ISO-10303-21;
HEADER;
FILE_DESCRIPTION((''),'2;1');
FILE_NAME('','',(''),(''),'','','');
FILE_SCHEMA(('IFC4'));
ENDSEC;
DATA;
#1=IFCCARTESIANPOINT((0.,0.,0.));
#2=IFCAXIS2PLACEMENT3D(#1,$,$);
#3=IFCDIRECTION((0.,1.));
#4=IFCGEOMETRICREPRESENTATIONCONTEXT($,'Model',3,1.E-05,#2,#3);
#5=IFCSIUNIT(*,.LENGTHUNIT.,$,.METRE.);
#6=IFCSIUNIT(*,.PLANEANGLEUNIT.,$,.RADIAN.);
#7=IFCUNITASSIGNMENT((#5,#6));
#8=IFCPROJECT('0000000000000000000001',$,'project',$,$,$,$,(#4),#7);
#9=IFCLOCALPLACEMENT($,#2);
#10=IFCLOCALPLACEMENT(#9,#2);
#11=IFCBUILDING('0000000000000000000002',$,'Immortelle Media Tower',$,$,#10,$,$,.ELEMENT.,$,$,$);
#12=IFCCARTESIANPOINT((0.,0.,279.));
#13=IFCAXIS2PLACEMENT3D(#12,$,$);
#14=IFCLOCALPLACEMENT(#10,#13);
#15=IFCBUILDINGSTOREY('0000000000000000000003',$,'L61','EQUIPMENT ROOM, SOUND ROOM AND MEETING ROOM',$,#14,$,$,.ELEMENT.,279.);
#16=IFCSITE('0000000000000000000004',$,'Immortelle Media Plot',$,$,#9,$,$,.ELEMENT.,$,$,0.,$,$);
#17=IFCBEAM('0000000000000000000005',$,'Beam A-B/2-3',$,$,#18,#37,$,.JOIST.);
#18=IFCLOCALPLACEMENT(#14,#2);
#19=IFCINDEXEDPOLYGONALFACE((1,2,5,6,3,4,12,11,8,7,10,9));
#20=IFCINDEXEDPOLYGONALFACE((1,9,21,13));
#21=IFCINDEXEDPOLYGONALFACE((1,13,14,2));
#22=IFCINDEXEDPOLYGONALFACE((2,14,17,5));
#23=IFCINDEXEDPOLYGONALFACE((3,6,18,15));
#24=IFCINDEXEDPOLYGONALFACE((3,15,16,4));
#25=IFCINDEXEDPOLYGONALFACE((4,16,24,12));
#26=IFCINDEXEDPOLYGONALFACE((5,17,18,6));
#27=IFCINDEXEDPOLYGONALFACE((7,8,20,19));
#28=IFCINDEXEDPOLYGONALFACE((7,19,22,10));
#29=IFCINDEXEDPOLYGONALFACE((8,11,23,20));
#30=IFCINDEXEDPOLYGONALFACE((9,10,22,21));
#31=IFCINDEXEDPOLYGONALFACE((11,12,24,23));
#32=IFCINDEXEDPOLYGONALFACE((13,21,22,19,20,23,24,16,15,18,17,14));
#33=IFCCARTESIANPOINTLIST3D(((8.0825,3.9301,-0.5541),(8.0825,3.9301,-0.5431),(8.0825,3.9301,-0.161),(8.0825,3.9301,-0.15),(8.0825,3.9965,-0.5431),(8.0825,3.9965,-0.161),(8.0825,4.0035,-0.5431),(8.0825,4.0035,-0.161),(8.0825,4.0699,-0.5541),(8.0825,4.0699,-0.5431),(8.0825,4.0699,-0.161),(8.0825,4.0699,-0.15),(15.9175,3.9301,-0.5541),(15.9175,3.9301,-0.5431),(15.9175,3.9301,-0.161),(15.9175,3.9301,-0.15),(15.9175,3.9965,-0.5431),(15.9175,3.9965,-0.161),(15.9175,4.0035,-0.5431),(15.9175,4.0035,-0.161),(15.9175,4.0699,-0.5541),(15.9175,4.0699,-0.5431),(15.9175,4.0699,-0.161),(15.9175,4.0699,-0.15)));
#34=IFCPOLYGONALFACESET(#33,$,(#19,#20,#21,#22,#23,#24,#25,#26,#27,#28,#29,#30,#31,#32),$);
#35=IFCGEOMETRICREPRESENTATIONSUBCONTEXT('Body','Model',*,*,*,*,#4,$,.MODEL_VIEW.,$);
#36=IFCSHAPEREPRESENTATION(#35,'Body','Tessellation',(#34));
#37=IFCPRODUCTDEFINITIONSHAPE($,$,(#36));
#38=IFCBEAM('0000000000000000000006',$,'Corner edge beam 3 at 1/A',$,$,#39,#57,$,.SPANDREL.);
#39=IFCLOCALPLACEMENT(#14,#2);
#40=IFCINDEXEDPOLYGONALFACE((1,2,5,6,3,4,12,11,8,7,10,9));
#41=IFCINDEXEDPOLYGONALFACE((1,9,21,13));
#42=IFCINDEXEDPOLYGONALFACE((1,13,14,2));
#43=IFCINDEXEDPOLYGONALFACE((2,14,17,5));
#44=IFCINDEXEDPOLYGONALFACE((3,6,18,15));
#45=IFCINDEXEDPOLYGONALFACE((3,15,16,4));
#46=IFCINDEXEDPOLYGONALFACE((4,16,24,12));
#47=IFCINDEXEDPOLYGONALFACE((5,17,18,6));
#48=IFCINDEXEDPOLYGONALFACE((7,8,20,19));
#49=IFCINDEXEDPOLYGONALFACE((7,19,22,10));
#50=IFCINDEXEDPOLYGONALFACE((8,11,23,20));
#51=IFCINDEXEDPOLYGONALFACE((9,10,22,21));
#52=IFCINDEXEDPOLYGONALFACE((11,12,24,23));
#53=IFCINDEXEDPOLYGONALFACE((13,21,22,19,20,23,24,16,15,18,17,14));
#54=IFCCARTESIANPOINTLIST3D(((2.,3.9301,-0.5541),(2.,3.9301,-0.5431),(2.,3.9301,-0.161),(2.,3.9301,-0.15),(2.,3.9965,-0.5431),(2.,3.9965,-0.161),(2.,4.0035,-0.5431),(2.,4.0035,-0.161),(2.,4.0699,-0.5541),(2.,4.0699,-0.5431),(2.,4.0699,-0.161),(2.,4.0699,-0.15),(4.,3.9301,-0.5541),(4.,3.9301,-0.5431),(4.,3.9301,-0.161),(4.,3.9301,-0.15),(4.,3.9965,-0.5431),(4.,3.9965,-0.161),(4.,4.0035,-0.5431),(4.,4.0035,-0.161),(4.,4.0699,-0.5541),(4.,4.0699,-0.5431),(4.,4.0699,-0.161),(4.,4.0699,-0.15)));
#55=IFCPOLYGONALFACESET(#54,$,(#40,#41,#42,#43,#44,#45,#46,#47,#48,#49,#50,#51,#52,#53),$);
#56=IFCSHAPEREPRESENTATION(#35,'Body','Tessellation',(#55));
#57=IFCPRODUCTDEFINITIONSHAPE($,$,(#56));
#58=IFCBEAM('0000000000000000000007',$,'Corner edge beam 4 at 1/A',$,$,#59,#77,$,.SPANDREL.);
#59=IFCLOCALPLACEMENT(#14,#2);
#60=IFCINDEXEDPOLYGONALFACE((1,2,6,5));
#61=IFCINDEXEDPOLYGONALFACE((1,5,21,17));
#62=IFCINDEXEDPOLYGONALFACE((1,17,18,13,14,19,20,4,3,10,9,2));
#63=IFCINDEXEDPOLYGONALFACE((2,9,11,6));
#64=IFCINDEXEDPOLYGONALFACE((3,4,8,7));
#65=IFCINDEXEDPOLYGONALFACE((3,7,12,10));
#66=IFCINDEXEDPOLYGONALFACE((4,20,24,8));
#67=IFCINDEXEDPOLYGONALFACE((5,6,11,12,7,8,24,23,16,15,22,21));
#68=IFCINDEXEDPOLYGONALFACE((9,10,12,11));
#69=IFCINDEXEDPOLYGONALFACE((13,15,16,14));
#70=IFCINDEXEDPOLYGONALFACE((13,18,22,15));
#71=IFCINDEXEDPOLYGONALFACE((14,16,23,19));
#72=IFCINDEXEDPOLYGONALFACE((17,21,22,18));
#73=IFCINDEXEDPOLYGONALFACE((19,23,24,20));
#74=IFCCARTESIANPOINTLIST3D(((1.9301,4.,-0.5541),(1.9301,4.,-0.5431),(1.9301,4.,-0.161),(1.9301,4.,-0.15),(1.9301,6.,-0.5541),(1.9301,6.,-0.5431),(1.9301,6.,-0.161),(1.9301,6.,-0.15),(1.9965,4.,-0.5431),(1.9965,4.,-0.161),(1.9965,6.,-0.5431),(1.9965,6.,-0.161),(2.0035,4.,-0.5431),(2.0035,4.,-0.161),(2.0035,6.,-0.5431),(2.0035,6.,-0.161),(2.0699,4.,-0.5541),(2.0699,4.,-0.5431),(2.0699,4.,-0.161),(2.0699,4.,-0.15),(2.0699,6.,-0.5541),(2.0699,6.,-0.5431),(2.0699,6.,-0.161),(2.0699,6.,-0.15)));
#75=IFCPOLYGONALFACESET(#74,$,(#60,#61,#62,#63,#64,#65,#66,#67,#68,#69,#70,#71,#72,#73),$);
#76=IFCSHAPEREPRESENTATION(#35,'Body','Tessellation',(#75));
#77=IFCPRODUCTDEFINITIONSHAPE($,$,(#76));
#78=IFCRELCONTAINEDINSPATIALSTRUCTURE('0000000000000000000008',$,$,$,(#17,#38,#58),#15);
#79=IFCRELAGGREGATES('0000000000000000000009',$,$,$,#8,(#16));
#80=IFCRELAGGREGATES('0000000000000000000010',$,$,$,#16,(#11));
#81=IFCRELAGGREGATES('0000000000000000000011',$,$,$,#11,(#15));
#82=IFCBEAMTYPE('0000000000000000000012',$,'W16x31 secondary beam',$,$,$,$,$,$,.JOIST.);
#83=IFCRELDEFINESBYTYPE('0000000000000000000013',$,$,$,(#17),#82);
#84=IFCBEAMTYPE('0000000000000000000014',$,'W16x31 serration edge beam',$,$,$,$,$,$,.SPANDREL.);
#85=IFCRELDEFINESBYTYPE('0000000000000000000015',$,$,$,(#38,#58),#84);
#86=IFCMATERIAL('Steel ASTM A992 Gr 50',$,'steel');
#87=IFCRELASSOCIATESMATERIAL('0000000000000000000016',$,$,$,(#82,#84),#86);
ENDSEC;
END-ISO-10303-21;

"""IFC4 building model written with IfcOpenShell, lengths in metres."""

from ifc_helpers import new_model, si_unit, direction, frame, origin, origin_2d, place, context, subcontext, project, spatial, i_section, extrude, material, material_profile, profile_set, type_object, element, save


model = new_model("IFC4")

# Units and contexts
model_context = context("Model", 3, precision=1e-05, world=origin(), true_north=direction((0.0, 1.0)))
body_context = subcontext(model_context, "Body", "Model", "MODEL_VIEW")
ifc_project = project(units=[si_unit("LENGTHUNIT", "METRE"), si_unit("PLANEANGLEUNIT", "RADIAN")], contexts=[model_context])

# Site, building, storey
site_placement = place(None, origin())
site = spatial("IfcSite", under=ifc_project, at=site_placement, Name="Immortelle Media Plot", CompositionType="ELEMENT", RefElevation=0.0)
building_placement = place(site_placement, origin())
building = spatial("IfcBuilding", under=site, at=building_placement, Name="Immortelle Media Tower", CompositionType="ELEMENT")
storey_placement = place(building_placement, frame((0.0, 0.0, 279.0)))
storey = spatial("IfcBuildingStorey", under=building, at=storey_placement, Name="L61", Description="EQUIPMENT ROOM, SOUND ROOM AND MEETING ROOM", CompositionType="ELEMENT", Elevation=279.0)

# Beams
ifc_material_1 = material(Name="Steel ASTM A992 Gr 50", Category="steel")
ifc_material_profile_1 = material_profile(ifc_material_1, i_section(OverallWidth=0.1399, OverallDepth=0.4041, WebThickness=0.0071, FlangeThickness=0.011, at=origin_2d()), Name="W16x31")
ifc_profile_set_1 = profile_set([ifc_material_profile_1], Name="Steel ASTM A992 Gr 50")
beam_type_1 = type_object("IfcBeamType", Name="W16x31 secondary beam", PredefinedType="JOIST", material=ifc_profile_set_1)
beam_placement = place(storey_placement, frame((8.0825, 4.0, -0.3521), z_axis=(1.0, 0.0, 0.0), x_axis=(0.0, 1.0, 0.0)))
element("IfcBeam", 1, at=beam_placement, inside=storey, type_object=beam_type_1, Name="Beam A-B/2-3", PredefinedType="JOIST", context=body_context, shape_type="SweptSolid", body=[
    extrude(i_section(OverallWidth=0.1399, OverallDepth=0.4041, WebThickness=0.0071, FlangeThickness=0.011, at=origin_2d()), origin(), (0.0, 0.0, 1.0), 7.835),
])
ifc_material_profile_2 = material_profile(ifc_material_1, i_section(OverallWidth=0.1399, OverallDepth=0.4041, WebThickness=0.0071, FlangeThickness=0.011, at=origin_2d()), Name="W16x31")
ifc_profile_set_2 = profile_set([ifc_material_profile_2], Name="Steel ASTM A992 Gr 50")
beam_type_2 = type_object("IfcBeamType", Name="W16x31 serration edge beam", PredefinedType="SPANDREL", material=ifc_profile_set_2)
for number, where, z_axis, x_axis, name in (
    (2, (4.0, 4.0, -0.3521), (-1.0, 0.0, 0.0), (0.0, -1.0, 0.0), "Corner edge beam 3 at 1/A"),
    (3, (2.0, 4.0, -0.3521), (0.0, 1.0, 0.0), (-1.0, 0.0, 0.0), "Corner edge beam 4 at 1/A"),
):
    element("IfcBeam", number, at=place(storey_placement, frame(where, z_axis=z_axis, x_axis=x_axis)), inside=storey, type_object=beam_type_2, Name=name, PredefinedType="SPANDREL", context=body_context, shape_type="SweptSolid", body=[
        extrude(i_section(OverallWidth=0.1399, OverallDepth=0.4041, WebThickness=0.0071, FlangeThickness=0.011, at=origin_2d()), origin(), (0.0, 0.0, 1.0), 2.0),
    ])

save(model, "model.ifc")
